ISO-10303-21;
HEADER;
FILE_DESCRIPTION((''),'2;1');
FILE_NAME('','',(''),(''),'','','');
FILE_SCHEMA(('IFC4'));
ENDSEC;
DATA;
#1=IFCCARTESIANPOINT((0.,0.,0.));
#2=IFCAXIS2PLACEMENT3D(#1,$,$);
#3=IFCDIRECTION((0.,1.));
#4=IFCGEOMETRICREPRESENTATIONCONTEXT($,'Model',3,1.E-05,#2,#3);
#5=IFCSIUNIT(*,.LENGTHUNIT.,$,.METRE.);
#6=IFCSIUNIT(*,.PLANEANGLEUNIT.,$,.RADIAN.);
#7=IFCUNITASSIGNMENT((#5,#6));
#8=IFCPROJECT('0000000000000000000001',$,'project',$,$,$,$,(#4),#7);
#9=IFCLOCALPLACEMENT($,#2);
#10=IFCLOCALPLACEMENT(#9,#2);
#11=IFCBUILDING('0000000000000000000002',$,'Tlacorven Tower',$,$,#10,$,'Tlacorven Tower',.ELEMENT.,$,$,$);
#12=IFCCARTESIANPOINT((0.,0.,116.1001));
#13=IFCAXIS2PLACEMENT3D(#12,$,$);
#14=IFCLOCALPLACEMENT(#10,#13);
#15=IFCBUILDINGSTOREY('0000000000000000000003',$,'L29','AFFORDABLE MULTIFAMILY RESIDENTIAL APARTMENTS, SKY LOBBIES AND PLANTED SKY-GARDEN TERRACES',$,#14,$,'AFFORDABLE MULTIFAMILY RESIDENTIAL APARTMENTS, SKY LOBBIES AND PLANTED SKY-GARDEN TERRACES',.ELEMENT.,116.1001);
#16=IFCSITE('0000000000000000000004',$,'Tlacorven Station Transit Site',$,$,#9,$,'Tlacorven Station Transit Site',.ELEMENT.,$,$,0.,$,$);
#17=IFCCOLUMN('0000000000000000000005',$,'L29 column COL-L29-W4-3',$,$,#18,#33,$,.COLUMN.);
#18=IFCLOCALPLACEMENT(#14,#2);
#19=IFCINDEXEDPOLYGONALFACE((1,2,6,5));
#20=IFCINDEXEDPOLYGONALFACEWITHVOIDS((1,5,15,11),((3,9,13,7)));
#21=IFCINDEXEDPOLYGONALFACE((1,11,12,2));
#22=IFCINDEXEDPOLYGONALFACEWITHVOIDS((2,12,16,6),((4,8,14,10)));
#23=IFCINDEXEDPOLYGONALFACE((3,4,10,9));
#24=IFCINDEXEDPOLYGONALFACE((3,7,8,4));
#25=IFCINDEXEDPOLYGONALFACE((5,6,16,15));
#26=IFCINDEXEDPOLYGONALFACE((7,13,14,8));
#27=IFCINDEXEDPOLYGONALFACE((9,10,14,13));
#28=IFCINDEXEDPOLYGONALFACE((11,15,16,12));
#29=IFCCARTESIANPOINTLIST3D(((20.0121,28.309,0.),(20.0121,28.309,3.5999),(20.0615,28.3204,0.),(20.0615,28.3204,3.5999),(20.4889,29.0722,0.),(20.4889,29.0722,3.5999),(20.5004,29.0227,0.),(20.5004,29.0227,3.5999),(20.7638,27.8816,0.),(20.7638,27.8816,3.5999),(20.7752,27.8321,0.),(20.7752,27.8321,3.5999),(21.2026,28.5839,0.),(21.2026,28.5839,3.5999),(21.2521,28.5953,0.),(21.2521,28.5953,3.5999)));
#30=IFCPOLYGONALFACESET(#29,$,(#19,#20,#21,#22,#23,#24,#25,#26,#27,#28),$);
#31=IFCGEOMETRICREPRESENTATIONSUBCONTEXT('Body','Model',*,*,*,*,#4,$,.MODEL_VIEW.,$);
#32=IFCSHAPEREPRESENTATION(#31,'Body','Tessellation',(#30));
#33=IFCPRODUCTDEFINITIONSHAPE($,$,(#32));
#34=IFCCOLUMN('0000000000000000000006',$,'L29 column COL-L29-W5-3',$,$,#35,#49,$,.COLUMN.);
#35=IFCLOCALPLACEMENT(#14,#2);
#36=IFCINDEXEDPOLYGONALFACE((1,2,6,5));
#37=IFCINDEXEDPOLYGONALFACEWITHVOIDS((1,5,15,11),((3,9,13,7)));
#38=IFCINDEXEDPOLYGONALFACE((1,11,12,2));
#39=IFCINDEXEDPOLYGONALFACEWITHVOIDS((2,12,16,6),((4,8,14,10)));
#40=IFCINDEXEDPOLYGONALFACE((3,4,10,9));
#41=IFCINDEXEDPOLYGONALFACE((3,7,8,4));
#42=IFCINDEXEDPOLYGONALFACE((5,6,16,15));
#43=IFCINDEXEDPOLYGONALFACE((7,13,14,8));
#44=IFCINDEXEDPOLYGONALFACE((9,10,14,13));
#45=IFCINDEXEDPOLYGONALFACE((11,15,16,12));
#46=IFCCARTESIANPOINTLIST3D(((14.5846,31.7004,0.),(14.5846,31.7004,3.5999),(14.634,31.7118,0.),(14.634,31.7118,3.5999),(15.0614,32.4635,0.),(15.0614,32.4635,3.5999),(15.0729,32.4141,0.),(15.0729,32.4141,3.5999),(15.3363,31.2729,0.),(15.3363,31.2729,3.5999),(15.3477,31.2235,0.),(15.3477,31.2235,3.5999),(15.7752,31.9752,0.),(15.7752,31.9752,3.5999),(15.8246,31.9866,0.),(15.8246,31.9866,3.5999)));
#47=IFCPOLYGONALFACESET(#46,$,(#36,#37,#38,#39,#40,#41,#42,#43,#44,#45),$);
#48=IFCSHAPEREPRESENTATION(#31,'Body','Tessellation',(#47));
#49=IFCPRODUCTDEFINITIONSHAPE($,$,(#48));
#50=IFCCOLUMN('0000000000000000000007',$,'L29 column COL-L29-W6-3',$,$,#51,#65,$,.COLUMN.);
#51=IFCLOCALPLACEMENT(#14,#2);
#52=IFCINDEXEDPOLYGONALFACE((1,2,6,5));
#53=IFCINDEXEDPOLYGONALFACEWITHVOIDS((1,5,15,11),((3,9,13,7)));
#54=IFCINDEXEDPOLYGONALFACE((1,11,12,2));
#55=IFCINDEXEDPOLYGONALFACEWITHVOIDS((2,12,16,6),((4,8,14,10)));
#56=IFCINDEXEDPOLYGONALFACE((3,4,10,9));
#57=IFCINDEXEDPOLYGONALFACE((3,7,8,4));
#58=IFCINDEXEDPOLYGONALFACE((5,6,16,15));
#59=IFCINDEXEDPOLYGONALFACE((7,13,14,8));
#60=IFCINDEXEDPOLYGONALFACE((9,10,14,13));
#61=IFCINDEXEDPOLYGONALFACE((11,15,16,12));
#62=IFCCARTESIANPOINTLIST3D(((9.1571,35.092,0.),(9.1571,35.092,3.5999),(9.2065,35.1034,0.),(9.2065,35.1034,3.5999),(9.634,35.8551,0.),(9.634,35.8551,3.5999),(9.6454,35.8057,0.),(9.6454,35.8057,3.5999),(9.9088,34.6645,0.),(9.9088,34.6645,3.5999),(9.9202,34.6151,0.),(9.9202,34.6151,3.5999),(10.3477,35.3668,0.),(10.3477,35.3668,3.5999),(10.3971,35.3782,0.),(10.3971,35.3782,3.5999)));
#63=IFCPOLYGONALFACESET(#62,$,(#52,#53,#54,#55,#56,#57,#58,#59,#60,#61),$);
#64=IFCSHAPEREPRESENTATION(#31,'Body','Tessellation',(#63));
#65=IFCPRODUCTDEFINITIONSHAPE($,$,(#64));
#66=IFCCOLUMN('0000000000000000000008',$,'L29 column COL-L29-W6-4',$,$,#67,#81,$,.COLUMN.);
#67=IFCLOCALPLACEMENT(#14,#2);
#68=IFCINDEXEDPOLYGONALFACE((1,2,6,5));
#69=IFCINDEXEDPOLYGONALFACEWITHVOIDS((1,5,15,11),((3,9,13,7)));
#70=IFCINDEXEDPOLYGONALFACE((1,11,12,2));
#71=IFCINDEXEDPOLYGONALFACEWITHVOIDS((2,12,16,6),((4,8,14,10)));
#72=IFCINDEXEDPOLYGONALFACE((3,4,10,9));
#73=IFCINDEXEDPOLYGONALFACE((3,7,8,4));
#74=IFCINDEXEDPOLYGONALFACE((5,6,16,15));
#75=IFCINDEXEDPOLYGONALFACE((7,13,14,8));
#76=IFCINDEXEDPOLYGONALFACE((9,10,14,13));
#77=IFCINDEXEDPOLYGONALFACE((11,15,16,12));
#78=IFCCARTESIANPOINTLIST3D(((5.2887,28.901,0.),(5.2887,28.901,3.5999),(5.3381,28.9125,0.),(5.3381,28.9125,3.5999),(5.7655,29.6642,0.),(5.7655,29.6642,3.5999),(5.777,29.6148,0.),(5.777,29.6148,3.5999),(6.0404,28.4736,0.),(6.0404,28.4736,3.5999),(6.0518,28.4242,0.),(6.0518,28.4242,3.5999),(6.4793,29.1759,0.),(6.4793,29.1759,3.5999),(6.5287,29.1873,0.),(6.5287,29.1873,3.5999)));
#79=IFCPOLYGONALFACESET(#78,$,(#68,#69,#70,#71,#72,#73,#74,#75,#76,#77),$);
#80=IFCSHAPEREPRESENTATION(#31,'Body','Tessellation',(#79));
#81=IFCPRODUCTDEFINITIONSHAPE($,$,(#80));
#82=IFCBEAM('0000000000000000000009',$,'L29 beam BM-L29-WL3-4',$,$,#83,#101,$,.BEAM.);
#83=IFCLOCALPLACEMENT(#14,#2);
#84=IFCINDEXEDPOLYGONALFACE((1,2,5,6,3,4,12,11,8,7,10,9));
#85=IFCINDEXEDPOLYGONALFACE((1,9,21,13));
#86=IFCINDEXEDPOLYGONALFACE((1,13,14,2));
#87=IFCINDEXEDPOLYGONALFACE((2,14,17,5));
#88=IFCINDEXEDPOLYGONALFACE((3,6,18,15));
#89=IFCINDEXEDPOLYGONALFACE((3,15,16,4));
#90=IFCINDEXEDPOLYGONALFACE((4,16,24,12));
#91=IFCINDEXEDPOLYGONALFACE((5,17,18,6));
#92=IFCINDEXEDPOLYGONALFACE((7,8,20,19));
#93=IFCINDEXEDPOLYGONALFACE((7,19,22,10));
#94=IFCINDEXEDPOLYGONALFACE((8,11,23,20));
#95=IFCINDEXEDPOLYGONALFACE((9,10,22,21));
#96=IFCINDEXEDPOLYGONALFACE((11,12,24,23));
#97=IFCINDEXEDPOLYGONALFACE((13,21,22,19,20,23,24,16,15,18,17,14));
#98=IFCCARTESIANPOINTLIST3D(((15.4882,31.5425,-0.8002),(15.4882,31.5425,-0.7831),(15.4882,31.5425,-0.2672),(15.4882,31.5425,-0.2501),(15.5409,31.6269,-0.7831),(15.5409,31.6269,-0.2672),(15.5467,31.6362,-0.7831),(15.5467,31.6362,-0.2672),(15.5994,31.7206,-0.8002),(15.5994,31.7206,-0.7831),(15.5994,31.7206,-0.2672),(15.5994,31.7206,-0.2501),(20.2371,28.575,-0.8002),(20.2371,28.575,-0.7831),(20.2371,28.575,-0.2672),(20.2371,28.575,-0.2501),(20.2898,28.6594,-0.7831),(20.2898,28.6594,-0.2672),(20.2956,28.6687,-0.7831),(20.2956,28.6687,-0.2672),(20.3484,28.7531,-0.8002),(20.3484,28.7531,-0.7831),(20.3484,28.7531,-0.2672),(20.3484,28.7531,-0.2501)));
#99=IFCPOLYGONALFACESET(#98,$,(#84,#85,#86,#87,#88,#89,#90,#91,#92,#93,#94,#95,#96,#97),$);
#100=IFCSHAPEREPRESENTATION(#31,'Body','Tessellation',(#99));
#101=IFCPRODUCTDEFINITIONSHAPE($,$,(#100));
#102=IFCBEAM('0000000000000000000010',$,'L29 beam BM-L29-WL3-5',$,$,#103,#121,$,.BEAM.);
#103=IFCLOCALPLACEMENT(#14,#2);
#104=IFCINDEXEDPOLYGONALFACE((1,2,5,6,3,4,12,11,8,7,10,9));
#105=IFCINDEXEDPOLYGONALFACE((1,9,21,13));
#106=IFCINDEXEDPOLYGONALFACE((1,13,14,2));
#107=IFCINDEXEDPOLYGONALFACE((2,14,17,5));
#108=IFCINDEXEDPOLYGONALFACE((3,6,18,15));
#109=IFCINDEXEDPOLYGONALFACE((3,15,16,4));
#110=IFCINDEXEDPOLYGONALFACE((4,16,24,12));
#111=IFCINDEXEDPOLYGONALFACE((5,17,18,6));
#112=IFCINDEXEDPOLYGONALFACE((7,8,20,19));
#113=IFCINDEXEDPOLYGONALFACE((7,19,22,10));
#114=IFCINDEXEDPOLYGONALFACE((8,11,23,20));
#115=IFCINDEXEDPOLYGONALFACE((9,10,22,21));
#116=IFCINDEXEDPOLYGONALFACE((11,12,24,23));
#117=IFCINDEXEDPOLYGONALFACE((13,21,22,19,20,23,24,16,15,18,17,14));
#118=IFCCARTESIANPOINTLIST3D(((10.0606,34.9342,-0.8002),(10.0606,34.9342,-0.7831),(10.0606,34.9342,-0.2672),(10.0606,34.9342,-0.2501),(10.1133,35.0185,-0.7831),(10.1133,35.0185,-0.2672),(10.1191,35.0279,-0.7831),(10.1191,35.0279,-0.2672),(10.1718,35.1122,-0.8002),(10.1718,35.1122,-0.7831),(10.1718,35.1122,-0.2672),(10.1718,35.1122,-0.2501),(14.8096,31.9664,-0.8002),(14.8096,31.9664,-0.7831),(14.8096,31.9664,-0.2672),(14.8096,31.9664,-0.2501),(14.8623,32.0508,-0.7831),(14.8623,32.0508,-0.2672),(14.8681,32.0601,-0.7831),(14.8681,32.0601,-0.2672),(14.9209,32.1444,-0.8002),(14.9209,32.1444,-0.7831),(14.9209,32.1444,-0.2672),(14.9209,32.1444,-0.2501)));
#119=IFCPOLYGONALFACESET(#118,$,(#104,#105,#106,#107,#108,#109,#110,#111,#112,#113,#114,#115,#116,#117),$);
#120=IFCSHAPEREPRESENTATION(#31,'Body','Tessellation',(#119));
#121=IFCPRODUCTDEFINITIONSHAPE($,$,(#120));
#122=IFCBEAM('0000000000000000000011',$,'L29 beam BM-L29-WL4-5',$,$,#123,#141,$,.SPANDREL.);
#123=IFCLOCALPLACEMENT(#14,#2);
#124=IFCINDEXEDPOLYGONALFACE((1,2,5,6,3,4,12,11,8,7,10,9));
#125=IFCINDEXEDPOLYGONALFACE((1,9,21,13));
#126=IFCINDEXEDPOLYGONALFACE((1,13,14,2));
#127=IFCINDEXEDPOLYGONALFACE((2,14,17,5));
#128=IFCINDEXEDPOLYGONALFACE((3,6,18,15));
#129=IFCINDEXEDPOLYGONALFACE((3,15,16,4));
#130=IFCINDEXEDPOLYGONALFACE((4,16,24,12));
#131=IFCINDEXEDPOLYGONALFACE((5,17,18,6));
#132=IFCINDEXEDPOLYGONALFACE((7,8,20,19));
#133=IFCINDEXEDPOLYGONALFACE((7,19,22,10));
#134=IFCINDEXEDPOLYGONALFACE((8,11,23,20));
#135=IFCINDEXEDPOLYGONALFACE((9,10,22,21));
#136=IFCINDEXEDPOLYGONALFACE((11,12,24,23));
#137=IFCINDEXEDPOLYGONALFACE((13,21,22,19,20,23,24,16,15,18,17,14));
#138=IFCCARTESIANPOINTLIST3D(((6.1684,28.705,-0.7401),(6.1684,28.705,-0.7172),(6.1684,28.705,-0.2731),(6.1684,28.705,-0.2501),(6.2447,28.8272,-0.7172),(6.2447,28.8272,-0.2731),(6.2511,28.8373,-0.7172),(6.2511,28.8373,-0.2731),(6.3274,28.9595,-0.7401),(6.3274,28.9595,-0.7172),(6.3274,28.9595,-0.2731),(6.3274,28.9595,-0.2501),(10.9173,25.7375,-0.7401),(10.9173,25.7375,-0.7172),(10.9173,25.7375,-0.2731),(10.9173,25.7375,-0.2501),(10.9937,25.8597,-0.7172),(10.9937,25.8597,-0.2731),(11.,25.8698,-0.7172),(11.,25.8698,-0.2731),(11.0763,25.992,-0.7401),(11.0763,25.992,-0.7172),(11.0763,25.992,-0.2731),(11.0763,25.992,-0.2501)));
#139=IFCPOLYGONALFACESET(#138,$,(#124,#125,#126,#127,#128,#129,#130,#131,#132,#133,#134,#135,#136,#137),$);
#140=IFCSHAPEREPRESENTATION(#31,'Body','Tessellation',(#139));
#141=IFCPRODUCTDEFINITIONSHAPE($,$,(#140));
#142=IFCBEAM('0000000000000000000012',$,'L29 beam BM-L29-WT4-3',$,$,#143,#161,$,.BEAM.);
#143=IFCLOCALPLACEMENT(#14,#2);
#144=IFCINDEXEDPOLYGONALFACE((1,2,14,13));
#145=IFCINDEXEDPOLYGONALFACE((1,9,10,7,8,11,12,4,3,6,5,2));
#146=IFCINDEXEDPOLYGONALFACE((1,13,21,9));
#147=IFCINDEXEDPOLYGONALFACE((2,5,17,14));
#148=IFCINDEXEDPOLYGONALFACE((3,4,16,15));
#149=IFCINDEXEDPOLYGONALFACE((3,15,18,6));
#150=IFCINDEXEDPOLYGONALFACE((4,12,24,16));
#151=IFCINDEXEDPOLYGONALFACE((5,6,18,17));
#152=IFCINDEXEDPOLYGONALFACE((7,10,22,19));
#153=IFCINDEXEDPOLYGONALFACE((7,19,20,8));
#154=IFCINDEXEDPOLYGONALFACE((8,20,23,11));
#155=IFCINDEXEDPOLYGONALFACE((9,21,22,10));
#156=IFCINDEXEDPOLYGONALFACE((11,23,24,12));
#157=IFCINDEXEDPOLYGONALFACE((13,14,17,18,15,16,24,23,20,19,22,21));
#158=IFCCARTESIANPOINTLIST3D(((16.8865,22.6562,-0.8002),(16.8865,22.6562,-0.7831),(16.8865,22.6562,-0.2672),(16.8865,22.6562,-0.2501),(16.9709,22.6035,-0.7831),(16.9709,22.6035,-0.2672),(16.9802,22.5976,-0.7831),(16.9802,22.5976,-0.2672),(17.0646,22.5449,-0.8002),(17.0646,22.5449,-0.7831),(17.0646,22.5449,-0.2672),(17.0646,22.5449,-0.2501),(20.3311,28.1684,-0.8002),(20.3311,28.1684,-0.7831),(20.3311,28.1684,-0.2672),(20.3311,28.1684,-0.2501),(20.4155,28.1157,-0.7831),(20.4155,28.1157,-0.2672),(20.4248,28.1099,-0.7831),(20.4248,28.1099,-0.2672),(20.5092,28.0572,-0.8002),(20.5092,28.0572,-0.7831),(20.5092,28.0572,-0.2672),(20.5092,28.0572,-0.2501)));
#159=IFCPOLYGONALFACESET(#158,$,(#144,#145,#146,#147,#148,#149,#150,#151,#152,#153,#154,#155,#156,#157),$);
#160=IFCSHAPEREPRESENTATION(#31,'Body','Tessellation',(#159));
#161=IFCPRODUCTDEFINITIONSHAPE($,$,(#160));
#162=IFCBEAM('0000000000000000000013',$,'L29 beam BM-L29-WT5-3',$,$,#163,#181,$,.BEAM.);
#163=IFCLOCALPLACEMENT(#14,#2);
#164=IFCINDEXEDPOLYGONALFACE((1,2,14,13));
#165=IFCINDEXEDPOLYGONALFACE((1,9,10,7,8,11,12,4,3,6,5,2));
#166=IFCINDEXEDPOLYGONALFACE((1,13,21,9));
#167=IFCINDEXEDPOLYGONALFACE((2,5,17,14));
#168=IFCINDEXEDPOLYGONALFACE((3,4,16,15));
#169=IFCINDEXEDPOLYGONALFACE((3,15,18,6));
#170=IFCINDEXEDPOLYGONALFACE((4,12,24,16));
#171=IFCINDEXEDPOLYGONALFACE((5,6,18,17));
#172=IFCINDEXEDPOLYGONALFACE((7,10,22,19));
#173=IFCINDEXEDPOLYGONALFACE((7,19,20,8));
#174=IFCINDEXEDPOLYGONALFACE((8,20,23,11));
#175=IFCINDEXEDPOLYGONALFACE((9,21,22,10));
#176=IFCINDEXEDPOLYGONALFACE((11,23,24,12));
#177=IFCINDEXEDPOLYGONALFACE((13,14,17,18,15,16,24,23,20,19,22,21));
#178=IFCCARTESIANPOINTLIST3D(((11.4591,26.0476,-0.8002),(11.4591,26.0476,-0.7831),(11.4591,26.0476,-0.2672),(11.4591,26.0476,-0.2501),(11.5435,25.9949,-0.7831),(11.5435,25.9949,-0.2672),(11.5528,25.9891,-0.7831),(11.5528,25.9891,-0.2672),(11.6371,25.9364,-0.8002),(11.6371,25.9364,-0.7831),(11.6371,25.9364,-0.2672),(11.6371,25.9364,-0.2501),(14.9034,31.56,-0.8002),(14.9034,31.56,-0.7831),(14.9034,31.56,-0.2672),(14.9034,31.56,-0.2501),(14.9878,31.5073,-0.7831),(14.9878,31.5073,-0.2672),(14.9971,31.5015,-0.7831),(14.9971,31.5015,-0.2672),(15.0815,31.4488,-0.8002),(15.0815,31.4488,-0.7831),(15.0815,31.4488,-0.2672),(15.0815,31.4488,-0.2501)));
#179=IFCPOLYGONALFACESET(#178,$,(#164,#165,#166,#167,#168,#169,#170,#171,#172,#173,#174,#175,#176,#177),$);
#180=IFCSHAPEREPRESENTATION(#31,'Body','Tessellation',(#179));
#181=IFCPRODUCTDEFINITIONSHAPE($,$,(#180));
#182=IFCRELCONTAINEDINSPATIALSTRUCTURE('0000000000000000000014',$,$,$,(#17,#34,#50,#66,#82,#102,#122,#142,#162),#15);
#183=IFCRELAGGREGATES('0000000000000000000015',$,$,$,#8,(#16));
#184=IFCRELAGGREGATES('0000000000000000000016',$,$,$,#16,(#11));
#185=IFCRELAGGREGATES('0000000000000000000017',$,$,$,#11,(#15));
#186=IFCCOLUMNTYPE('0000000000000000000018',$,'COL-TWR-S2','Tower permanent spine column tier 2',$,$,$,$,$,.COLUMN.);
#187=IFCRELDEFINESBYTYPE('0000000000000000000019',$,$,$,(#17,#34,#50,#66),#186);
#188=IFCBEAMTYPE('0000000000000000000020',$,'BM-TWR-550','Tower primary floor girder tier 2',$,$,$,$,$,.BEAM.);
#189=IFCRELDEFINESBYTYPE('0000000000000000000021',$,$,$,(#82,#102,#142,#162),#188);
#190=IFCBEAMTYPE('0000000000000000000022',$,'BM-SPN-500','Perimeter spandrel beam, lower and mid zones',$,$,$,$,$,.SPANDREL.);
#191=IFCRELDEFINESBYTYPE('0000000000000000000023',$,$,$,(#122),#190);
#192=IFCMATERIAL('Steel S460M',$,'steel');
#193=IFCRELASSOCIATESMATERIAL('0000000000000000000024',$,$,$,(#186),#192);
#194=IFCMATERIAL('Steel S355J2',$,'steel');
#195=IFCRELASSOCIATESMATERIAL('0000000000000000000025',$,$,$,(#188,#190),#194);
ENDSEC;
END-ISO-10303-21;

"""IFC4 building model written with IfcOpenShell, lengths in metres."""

from ifc_helpers import new_model, si_unit, direction, frame, origin, origin_2d, place, context, subcontext, project, spatial, hollow_rectangle, i_section, extrude, source, transform, mapped, material, material_profile, profile_set, type_object, element, save


model = new_model("IFC4")

# Units and contexts
model_context = context("Model", 3, precision=1e-05, world=origin(), true_north=direction((0.0, 1.0)))
body_context = subcontext(model_context, "Body", "Model", "MODEL_VIEW")
ifc_project = project(units=[si_unit("LENGTHUNIT", "METRE"), si_unit("PLANEANGLEUNIT", "RADIAN")], contexts=[model_context])

# Site, building, storey
site_placement = place(None, origin())
site = spatial("IfcSite", under=ifc_project, at=site_placement, Name="Tlacorven Station Transit Site", LongName="Tlacorven Station Transit Site", CompositionType="ELEMENT", RefElevation=0.0)
building_placement = place(site_placement, origin())
building = spatial("IfcBuilding", under=site, at=building_placement, Name="Tlacorven Tower", LongName="Tlacorven Tower", CompositionType="ELEMENT")
storey_placement = place(building_placement, frame((0.0, 0.0, 116.1001)))
storey = spatial("IfcBuildingStorey", under=building, at=storey_placement, Name="L29", Description="AFFORDABLE MULTIFAMILY RESIDENTIAL APARTMENTS, SKY LOBBIES AND PLANTED SKY-GARDEN TERRACES", LongName="AFFORDABLE MULTIFAMILY RESIDENTIAL APARTMENTS, SKY LOBBIES AND PLANTED SKY-GARDEN TERRACES", CompositionType="ELEMENT", Elevation=116.1001)

# Columns
ifc_material_1 = material(Name="Steel S460M", Category="steel")
ifc_material_profile_1 = material_profile(ifc_material_1, hollow_rectangle(XDim=0.8999, YDim=0.8999, WallThickness=0.0359, at=origin_2d()), Name="BOX 900X900X36")
ifc_profile_set_1 = profile_set([ifc_material_profile_1], Name="Steel S460M")
column_type = type_object("IfcColumnType", Name="COL-TWR-S2", Description="Tower permanent spine column tier 2", PredefinedType="COLUMN", material=ifc_profile_set_1)
shared_shape_1 = source(origin(), body_context, "Body", "SweptSolid", [
    extrude(hollow_rectangle(XDim=0.8999, YDim=0.8999, WallThickness=0.0359, at=origin_2d()), origin(), (0.0, 0.0, 1.0), 3.5999),
])
for number, where, z_axis, x_axis, name in (
    (1, (20.6321, 28.4521, 0.0), (0.0, 0.0, 1.0), (-0.848048, 0.529919, 0.0), "L29 column COL-L29-W4-3"),
    (2, (15.2046, 31.8435, 0.0), (0.0, 0.0, 1.0), (-0.848048, 0.529919, 0.0), "L29 column COL-L29-W5-3"),
    (3, (9.7771, 35.2351, 0.0), (0.0, 0.0, 1.0), (-0.848048, 0.529919, 0.0), "L29 column COL-L29-W6-3"),
    (4, (5.9087, 29.0442, 0.0), (0.0, 0.0, 1.0), (-0.848048, 0.529919, 0.0), "L29 column COL-L29-W6-4"),
):
    element("IfcColumn", number, at=place(storey_placement, frame(where, z_axis=z_axis, x_axis=x_axis)), inside=storey, type_object=column_type, Name=name, PredefinedType="COLUMN", context=body_context, shape_type="MappedRepresentation", body=[
        mapped(shared_shape_1, transform((0.0, 0.0, 0.0), scale=1.0)),
    ])

# Beams
ifc_material_2 = material(Name="Steel S355J2", Category="steel")
ifc_material_profile_2 = material_profile(ifc_material_2, i_section(OverallWidth=0.21, OverallDepth=0.55, WebThickness=0.011, FlangeThickness=0.0171, at=origin_2d()), Name="IPE 550")
ifc_profile_set_2 = profile_set([ifc_material_profile_2], Name="Steel S355J2")
beam_type_1 = type_object("IfcBeamType", Name="BM-TWR-550", Description="Tower primary floor girder tier 2", PredefinedType="BEAM", material=ifc_profile_set_2)
shared_shape_2 = source(origin(), body_context, "Body", "SweptSolid", [
    extrude(i_section(OverallWidth=0.21, OverallDepth=0.55, WebThickness=0.011, FlangeThickness=0.0171, at=origin_2d()), origin(), (0.0, 0.0, 1.0), 5.5999),
])
beam_1_placement = place(storey_placement, frame((20.2927, 28.6641, -0.5251), z_axis=(-0.848047, 0.529921, 0.0), x_axis=(-0.529921, -0.848047, 0.0)))
element("IfcBeam", 5, at=beam_1_placement, inside=storey, type_object=beam_type_1, Name="L29 beam BM-L29-WL3-4", PredefinedType="BEAM", context=body_context, shape_type="MappedRepresentation", body=[
    mapped(shared_shape_2, transform((0.0, 0.0, 0.0), scale=1.0)),
])
shared_shape_3 = source(origin(), body_context, "Body", "SweptSolid", [
    extrude(i_section(OverallWidth=0.21, OverallDepth=0.55, WebThickness=0.011, FlangeThickness=0.0171, at=origin_2d()), origin(), (0.0, 0.0, 1.0), 5.6001),
])
beam_2_placement = place(storey_placement, frame((14.8652, 32.0554, -0.5251), z_axis=(-0.848028, 0.529952, 0.0), x_axis=(-0.529952, -0.848028, 0.0)))
element("IfcBeam", 6, at=beam_2_placement, inside=storey, type_object=beam_type_1, Name="L29 beam BM-L29-WL3-5", PredefinedType="BEAM", context=body_context, shape_type="MappedRepresentation", body=[
    mapped(shared_shape_3, transform((0.0, 0.0, 0.0), scale=1.0)),
])
ifc_material_profile_3 = material_profile(ifc_material_2, i_section(OverallWidth=0.3, OverallDepth=0.49, WebThickness=0.012, FlangeThickness=0.0229, at=origin_2d()), Name="HEA 500")
ifc_profile_set_3 = profile_set([ifc_material_profile_3], Name="Steel S355J2")
beam_type_2 = type_object("IfcBeamType", Name="BM-SPN-500", Description="Perimeter spandrel beam, lower and mid zones", PredefinedType="SPANDREL", material=ifc_profile_set_3)
shared_shape_4 = source(origin(), body_context, "Body", "SweptSolid", [
    extrude(i_section(OverallWidth=0.3, OverallDepth=0.49, WebThickness=0.012, FlangeThickness=0.0229, at=origin_2d()), origin(), (0.0, 0.0, 1.0), 5.5999),
])
beam_3_placement = place(storey_placement, frame((10.9968, 25.8647, -0.4951), z_axis=(-0.848047, 0.529921, 0.0), x_axis=(-0.529921, -0.848047, 0.0)))
element("IfcBeam", 7, at=beam_3_placement, inside=storey, type_object=beam_type_2, Name="L29 beam BM-L29-WL4-5", PredefinedType="SPANDREL", context=body_context, shape_type="MappedRepresentation", body=[
    mapped(shared_shape_4, transform((0.0, 0.0, 0.0), scale=1.0)),
])
shared_shape_5 = source(origin(), body_context, "Body", "SweptSolid", [
    extrude(i_section(OverallWidth=0.21, OverallDepth=0.55, WebThickness=0.011, FlangeThickness=0.0171, at=origin_2d()), origin(), (0.0, 0.0, 1.0), 6.5),
])
for number, where, z_axis, x_axis, name in (
    (8, (20.4202, 28.1128, -0.5251), (-0.529938, -0.848036, 0.0), (0.848036, -0.529938, 0.0), "L29 beam BM-L29-WT4-3"),
    (9, (14.9924, 31.5044, -0.5251), (-0.529894, -0.848064, 0.0), (0.848064, -0.529894, 0.0), "L29 beam BM-L29-WT5-3"),
):
    element("IfcBeam", number, at=place(storey_placement, frame(where, z_axis=z_axis, x_axis=x_axis)), inside=storey, type_object=beam_type_1, Name=name, PredefinedType="BEAM", context=body_context, shape_type="MappedRepresentation", body=[
        mapped(shared_shape_5, transform((0.0, 0.0, 0.0), scale=1.0)),
    ])

save(model, "model.ifc")
